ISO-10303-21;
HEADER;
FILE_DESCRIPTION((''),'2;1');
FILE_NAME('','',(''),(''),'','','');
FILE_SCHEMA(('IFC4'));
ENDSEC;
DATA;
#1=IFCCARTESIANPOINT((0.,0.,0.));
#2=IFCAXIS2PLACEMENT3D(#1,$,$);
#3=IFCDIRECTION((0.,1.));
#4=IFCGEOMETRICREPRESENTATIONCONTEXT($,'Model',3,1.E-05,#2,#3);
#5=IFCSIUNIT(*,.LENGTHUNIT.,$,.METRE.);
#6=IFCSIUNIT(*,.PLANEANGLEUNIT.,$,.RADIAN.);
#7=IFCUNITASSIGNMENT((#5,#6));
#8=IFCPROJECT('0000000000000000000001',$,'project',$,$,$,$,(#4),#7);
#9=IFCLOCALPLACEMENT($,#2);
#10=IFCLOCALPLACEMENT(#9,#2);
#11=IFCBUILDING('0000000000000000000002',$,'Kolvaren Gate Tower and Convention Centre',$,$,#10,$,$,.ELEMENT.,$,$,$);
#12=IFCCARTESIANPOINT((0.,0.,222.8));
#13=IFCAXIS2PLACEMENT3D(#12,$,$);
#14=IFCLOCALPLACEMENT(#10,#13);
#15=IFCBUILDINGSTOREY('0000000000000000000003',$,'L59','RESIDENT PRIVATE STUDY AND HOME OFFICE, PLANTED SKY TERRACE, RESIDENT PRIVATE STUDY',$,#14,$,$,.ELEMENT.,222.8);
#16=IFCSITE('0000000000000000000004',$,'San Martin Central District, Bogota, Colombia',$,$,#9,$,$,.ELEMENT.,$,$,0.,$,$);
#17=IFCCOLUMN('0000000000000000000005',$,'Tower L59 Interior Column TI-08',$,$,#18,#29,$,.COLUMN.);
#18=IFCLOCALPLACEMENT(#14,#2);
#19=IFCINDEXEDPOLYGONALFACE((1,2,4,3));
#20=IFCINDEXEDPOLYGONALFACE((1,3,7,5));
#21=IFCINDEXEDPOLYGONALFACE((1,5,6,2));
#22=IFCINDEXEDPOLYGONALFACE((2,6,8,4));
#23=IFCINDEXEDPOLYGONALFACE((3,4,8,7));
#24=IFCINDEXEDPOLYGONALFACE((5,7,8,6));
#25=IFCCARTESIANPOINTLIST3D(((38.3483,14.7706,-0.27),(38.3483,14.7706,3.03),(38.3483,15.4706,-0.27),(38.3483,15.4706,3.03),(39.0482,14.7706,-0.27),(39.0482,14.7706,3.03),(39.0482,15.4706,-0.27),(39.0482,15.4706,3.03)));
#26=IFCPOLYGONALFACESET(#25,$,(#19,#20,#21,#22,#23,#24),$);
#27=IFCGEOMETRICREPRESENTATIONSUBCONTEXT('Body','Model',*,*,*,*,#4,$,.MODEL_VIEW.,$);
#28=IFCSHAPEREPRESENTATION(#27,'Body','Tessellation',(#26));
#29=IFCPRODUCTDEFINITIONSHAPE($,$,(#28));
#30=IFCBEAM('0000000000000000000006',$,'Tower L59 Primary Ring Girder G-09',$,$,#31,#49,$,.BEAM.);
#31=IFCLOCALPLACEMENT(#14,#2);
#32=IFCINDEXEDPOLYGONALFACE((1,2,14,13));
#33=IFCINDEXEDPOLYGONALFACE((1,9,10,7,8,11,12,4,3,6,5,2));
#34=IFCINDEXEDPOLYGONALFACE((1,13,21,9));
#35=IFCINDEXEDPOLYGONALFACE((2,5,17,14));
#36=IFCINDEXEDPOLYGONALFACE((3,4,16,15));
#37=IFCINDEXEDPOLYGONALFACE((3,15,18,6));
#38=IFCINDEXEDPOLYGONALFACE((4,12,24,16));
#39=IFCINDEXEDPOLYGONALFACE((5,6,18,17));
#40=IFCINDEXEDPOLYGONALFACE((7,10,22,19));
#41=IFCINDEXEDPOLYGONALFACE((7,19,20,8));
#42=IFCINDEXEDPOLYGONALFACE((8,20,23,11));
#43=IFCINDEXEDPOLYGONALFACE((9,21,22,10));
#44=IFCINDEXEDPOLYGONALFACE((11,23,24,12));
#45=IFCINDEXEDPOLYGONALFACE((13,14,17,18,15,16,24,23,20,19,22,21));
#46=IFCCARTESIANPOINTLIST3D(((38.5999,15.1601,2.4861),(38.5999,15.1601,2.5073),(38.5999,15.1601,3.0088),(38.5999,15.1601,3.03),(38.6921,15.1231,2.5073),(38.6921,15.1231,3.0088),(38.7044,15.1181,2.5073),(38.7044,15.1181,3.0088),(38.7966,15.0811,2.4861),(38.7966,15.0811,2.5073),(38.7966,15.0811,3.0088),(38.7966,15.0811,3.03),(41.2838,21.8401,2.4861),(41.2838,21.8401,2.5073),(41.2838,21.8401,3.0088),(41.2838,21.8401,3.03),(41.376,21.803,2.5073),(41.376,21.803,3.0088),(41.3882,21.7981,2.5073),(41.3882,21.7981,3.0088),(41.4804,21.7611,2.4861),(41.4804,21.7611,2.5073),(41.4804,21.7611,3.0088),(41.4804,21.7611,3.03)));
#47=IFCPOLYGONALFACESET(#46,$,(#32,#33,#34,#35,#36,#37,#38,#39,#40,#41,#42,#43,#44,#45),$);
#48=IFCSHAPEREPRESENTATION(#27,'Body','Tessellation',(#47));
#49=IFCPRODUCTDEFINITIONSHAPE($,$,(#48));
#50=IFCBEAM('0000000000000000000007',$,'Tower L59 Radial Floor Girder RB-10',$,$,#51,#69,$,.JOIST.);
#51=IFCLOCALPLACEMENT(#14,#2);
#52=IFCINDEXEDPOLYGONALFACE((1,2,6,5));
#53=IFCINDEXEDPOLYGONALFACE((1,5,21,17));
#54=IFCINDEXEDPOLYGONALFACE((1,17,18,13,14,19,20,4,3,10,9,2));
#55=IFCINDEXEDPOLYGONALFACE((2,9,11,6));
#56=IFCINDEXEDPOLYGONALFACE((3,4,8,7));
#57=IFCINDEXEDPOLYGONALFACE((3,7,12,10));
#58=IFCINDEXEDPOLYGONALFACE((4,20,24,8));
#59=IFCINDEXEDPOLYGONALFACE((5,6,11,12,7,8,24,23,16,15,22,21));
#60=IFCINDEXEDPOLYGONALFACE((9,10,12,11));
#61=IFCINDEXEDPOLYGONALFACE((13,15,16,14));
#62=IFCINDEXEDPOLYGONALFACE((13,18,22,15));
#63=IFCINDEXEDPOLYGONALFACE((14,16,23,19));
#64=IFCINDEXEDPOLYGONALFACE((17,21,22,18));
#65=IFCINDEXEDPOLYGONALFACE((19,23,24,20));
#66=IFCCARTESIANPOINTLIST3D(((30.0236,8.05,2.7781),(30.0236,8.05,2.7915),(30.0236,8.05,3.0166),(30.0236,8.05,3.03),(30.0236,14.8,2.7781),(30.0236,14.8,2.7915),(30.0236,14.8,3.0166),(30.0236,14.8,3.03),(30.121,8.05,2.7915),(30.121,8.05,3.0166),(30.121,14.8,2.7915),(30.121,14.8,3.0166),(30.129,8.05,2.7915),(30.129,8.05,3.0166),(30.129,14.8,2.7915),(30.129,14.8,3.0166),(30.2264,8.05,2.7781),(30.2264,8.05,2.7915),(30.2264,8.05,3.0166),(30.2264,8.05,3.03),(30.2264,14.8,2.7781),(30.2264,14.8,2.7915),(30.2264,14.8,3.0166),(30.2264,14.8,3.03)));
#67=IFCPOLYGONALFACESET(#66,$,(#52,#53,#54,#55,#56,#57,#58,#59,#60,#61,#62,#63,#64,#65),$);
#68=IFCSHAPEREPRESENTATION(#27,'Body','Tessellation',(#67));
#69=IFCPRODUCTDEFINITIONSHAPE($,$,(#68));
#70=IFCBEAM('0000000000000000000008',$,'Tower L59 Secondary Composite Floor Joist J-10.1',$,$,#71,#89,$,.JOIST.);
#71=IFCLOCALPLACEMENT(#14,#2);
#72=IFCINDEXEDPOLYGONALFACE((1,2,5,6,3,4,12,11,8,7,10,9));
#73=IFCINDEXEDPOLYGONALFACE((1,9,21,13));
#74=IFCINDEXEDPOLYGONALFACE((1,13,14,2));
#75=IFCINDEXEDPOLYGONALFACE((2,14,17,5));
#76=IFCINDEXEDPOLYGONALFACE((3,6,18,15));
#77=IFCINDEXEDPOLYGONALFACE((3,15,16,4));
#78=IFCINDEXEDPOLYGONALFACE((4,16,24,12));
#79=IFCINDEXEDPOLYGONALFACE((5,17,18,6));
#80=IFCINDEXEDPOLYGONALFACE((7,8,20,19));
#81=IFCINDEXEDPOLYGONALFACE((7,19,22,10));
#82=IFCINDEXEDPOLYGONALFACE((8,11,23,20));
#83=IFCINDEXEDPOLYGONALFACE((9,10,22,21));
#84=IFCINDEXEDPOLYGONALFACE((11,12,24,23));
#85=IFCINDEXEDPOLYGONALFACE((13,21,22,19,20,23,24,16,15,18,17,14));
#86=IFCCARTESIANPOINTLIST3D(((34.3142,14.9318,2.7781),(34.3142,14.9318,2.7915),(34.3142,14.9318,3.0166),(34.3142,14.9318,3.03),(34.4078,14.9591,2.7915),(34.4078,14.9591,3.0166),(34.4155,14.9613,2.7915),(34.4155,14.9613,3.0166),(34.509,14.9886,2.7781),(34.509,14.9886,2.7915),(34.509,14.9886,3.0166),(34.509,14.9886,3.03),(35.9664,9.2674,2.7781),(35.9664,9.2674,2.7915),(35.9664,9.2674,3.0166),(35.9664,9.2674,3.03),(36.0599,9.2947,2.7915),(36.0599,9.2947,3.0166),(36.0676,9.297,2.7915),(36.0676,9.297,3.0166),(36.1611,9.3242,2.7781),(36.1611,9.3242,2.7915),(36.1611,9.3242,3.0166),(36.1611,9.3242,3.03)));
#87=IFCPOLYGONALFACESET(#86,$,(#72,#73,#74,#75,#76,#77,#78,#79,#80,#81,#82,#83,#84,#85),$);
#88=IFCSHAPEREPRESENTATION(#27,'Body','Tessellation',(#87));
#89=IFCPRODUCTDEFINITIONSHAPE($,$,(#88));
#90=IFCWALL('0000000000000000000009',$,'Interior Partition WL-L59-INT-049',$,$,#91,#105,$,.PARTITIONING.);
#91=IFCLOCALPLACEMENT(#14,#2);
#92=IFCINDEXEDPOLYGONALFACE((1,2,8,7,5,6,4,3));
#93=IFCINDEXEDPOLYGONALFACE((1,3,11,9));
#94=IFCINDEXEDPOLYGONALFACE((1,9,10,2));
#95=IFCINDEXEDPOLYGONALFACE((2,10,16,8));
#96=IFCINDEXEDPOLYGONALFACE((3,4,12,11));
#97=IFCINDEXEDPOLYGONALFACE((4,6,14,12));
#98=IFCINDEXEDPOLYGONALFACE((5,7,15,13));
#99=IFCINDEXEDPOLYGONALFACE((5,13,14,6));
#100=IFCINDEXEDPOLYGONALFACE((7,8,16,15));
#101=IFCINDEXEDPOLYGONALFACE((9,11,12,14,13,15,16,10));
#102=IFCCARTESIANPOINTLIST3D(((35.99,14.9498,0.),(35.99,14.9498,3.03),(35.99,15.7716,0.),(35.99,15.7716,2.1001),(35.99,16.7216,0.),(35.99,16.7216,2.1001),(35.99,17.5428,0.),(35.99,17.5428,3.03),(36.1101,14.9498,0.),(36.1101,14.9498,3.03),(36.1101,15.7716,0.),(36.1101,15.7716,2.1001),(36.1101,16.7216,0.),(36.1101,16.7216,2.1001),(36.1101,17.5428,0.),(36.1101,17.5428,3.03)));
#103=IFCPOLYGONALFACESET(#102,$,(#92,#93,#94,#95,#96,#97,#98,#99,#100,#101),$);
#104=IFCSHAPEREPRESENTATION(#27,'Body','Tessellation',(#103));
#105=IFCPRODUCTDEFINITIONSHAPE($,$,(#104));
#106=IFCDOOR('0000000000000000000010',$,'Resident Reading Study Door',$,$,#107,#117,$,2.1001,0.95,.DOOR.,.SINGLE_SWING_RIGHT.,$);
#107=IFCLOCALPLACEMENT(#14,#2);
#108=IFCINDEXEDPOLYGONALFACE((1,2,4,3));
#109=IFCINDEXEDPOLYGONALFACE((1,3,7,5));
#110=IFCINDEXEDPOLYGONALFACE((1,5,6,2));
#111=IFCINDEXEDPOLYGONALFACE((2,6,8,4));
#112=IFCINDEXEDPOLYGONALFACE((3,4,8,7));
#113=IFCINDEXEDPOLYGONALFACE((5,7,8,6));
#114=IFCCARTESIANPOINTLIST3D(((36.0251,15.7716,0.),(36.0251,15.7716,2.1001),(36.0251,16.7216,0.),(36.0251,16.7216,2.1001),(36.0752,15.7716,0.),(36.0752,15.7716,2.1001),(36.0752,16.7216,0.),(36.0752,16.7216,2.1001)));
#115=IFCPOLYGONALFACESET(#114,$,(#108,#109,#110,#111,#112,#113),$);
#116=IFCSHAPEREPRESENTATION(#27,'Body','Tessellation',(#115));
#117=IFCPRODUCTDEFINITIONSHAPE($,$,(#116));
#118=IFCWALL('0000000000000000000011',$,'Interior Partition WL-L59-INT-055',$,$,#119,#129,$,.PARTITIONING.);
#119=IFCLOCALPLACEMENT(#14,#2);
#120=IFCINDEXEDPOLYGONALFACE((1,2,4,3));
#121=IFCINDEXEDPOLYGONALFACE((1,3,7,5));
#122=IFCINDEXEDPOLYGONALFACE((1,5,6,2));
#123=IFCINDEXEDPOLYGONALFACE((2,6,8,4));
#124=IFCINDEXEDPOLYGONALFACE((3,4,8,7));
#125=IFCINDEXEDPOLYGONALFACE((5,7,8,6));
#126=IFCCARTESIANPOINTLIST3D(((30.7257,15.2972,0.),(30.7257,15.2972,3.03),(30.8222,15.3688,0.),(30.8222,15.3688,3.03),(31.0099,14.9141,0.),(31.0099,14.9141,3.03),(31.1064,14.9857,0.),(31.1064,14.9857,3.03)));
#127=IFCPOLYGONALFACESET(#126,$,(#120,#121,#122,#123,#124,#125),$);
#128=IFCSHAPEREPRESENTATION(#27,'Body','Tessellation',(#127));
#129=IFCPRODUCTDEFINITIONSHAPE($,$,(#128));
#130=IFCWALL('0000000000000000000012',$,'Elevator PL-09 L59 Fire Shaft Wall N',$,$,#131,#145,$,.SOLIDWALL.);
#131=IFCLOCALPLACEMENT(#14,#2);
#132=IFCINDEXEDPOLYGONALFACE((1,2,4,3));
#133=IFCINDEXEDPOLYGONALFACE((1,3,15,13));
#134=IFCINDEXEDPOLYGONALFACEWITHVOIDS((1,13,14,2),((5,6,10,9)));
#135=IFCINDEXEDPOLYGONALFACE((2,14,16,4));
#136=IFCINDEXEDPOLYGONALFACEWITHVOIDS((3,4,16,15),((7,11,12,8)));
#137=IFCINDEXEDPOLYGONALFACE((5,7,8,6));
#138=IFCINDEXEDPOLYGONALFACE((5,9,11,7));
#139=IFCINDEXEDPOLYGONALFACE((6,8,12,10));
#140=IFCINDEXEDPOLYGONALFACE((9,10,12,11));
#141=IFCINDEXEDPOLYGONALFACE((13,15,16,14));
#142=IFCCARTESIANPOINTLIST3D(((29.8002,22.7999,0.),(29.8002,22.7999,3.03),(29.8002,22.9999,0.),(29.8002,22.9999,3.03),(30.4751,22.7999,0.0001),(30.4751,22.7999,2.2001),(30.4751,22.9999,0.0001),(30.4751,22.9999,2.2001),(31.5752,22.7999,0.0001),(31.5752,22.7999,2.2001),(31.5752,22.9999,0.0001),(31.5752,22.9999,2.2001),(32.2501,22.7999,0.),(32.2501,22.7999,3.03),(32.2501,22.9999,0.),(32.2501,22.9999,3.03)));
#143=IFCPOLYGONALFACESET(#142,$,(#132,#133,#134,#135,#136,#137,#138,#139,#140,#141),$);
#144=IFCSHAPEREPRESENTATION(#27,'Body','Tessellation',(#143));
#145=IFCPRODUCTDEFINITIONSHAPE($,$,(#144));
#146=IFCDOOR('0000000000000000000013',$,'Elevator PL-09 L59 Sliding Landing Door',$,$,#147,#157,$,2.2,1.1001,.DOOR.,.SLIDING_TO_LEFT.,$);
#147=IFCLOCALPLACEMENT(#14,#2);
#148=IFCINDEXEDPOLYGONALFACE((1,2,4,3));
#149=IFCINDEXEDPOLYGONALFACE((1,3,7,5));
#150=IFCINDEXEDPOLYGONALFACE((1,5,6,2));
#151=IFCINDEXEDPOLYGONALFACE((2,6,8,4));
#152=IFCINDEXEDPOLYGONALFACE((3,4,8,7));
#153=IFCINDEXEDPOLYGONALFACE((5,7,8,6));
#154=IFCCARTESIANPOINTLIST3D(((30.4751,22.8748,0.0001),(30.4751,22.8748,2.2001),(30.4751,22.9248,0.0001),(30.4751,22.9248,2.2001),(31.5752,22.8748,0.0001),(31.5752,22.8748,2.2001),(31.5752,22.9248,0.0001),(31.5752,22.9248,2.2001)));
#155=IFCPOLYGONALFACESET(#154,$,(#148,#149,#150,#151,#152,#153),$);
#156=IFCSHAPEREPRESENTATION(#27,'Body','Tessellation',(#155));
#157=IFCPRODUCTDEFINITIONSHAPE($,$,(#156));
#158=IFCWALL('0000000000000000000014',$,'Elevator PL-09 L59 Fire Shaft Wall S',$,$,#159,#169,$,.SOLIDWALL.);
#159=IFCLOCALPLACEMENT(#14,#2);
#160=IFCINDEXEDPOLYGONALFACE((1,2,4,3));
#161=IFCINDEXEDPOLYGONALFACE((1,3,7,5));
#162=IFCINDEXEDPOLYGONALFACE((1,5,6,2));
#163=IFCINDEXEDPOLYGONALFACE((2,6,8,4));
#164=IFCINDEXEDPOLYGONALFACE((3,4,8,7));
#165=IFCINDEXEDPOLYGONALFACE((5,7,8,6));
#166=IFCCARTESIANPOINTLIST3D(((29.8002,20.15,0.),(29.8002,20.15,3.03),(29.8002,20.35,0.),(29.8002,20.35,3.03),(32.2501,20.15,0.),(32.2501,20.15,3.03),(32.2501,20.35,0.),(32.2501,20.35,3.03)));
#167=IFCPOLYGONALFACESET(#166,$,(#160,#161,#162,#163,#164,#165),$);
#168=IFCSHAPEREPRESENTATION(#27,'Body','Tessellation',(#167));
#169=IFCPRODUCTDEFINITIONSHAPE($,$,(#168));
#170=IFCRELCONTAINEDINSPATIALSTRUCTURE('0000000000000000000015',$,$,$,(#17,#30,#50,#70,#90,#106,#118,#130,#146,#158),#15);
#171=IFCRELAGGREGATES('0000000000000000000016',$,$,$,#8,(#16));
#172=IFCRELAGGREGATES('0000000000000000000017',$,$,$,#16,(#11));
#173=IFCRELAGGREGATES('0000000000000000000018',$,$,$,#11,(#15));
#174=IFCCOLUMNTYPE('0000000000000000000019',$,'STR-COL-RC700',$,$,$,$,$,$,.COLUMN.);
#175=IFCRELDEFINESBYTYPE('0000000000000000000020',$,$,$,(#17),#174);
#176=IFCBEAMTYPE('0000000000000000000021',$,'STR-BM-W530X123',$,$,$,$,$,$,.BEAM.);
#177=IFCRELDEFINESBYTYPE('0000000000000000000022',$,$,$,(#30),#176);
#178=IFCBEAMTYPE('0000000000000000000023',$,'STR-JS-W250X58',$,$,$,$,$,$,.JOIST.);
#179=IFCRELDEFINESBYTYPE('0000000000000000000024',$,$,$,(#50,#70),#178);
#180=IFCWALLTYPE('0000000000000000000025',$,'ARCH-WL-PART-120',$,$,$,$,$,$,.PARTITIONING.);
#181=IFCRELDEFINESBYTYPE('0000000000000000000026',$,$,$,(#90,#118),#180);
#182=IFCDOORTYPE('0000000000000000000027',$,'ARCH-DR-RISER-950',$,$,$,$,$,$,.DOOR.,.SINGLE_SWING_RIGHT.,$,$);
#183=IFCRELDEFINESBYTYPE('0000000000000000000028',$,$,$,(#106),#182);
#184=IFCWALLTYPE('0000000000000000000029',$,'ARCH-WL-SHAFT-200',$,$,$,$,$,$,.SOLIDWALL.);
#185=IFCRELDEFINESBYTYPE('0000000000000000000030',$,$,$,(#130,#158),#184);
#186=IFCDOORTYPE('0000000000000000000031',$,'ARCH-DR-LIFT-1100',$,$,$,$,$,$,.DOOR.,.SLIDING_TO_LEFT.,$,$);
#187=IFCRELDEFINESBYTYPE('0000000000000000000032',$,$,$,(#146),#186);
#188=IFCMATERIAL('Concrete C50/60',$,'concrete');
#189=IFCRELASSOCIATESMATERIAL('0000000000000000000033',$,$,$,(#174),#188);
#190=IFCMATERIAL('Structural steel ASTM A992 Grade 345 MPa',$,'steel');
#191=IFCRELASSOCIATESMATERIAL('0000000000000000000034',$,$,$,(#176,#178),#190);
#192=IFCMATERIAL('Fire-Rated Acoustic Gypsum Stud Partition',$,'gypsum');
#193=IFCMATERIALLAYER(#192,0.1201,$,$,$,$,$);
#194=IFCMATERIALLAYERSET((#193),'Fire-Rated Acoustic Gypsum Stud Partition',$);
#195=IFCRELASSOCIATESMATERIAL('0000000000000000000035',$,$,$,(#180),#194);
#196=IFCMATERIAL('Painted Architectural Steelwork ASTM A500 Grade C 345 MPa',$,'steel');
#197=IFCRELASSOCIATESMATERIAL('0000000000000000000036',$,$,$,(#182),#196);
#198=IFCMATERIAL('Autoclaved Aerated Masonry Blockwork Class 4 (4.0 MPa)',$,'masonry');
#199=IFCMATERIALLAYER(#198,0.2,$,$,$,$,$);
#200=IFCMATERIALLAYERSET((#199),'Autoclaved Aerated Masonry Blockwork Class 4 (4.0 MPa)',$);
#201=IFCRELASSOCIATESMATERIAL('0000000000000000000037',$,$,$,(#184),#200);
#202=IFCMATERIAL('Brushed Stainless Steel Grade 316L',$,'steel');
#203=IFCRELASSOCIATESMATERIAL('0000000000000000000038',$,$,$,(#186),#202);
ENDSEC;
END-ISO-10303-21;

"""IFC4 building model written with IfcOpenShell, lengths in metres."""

from ifc_helpers import new_model, si_unit, direction, frame, frame_2d, origin, origin_2d, place, context, subcontext, project, spatial, rectangle, i_section, extrude, material, layer, layer_set, material_profile, profile_set, type_object, element, fill, save


model = new_model("IFC4")

# Units and contexts
model_context = context("Model", 3, precision=1e-05, world=origin(), true_north=direction((0.0, 1.0)))
body_context = subcontext(model_context, "Body", "Model", "MODEL_VIEW")
ifc_project = project(units=[si_unit("LENGTHUNIT", "METRE"), si_unit("PLANEANGLEUNIT", "RADIAN")], contexts=[model_context])

# Site, building, storey
site_placement = place(None, origin())
site = spatial("IfcSite", under=ifc_project, at=site_placement, Name="San Martin Central District, Bogota, Colombia", CompositionType="ELEMENT", RefElevation=0.0)
building_placement = place(site_placement, origin())
building = spatial("IfcBuilding", under=site, at=building_placement, Name="Kolvaren Gate Tower and Convention Centre", CompositionType="ELEMENT")
storey_placement = place(building_placement, frame((0.0, 0.0, 222.8)))
storey = spatial("IfcBuildingStorey", under=building, at=storey_placement, Name="L59", Description="RESIDENT PRIVATE STUDY AND HOME OFFICE, PLANTED SKY TERRACE, RESIDENT PRIVATE STUDY", CompositionType="ELEMENT", Elevation=222.8)

# Column
ifc_material_1 = material(Name="Concrete C50/60", Category="concrete")
ifc_material_profile_1 = material_profile(ifc_material_1, rectangle(XDim=0.7, YDim=0.7, at=origin_2d()), Name="RC-COL-700X700")
ifc_profile_set_1 = profile_set([ifc_material_profile_1], Name="Concrete C50/60")
column_type = type_object("IfcColumnType", Name="STR-COL-RC700", PredefinedType="COLUMN", material=ifc_profile_set_1)
column_placement = place(storey_placement, frame((38.6982, 15.1206, -0.27), z_axis=(0.0, 0.0, 1.0), x_axis=(1.0, 0.0, 0.0)))
element("IfcColumn", 1, at=column_placement, inside=storey, type_object=column_type, Name="Tower L59 Interior Column TI-08", PredefinedType="COLUMN", context=body_context, shape_type="SweptSolid", body=[
    extrude(rectangle(XDim=0.7, YDim=0.7, at=origin_2d()), origin(), (0.0, 0.0, 1.0), 3.3),
])

# Beams
ifc_material_2 = material(Name="Structural steel ASTM A992 Grade 345 MPa", Category="steel")
ifc_material_profile_2 = material_profile(ifc_material_2, i_section(OverallWidth=0.2119, OverallDepth=0.5439, WebThickness=0.0132, FlangeThickness=0.0212, at=origin_2d()), Name="W530X123")
ifc_profile_set_2 = profile_set([ifc_material_profile_2], Name="Structural steel ASTM A992 Grade 345 MPa")
beam_type_1 = type_object("IfcBeamType", Name="STR-BM-W530X123", PredefinedType="BEAM", material=ifc_profile_set_2)
beam_1_placement = place(storey_placement, frame((38.6982, 15.1206, 2.7581), z_axis=(0.372811, 0.927907, 0.0), x_axis=(-0.927907, 0.372811, 0.0)))
element("IfcBeam", 2, at=beam_1_placement, inside=storey, type_object=beam_type_1, Name="Tower L59 Primary Ring Girder G-09", PredefinedType="BEAM", context=body_context, shape_type="SweptSolid", body=[
    extrude(i_section(OverallWidth=0.2119, OverallDepth=0.5439, WebThickness=0.0132, FlangeThickness=0.0212, at=origin_2d()), origin(), (0.0, 0.0, 1.0), 7.199),
])
ifc_material_profile_3 = material_profile(ifc_material_2, i_section(OverallWidth=0.2029, OverallDepth=0.252, WebThickness=0.0081, FlangeThickness=0.0134, at=origin_2d()), Name="W250X58")
ifc_profile_set_3 = profile_set([ifc_material_profile_3], Name="Structural steel ASTM A992 Grade 345 MPa")
beam_type_2 = type_object("IfcBeamType", Name="STR-JS-W250X58", PredefinedType="JOIST", material=ifc_profile_set_3)
beam_2_placement = place(storey_placement, frame((30.125, 14.8, 2.9041), z_axis=(0.0, -1.0, 0.0), x_axis=(1.0, 0.0, 0.0)))
element("IfcBeam", 3, at=beam_2_placement, inside=storey, type_object=beam_type_2, Name="Tower L59 Radial Floor Girder RB-10", PredefinedType="JOIST", context=body_context, shape_type="SweptSolid", body=[
    extrude(i_section(OverallWidth=0.2029, OverallDepth=0.252, WebThickness=0.0081, FlangeThickness=0.0134, at=origin_2d()), origin(), (0.0, 0.0, 1.0), 6.75),
])
beam_3_placement = place(storey_placement, frame((34.4116, 14.9602, 2.9041), z_axis=(0.280002, -0.96, 0.0), x_axis=(0.96, 0.280002, 0.0)))
element("IfcBeam", 4, at=beam_3_placement, inside=storey, type_object=beam_type_2, Name="Tower L59 Secondary Composite Floor Joist J-10.1", PredefinedType="JOIST", context=body_context, shape_type="SweptSolid", body=[
    extrude(i_section(OverallWidth=0.2029, OverallDepth=0.252, WebThickness=0.0081, FlangeThickness=0.0134, at=origin_2d()), origin(), (0.0, 0.0, 1.0), 5.9004),
])

# Wall, opening, door
ifc_material_3 = material(Name="Fire-Rated Acoustic Gypsum Stud Partition", Category="gypsum")
ifc_layer_1 = layer(ifc_material_3, 0.1201)
ifc_layer_set_1 = layer_set([ifc_layer_1], Name="Fire-Rated Acoustic Gypsum Stud Partition")
wall_type_1 = type_object("IfcWallType", Name="ARCH-WL-PART-120", PredefinedType="PARTITIONING", material=ifc_layer_set_1)
wall_1_placement = place(storey_placement, frame((36.05, 14.95, 0.0), z_axis=(0.0, 0.0, 1.0), x_axis=(0.0, 1.0, 0.0)))
wall_1 = element("IfcWall", 5, at=wall_1_placement, inside=storey, type_object=wall_type_1, Name="Interior Partition WL-L59-INT-049", PredefinedType="PARTITIONING", context=body_context, shape_type="SweptSolid", body=[
    extrude(rectangle(XDim=2.593, YDim=0.1201, at=frame_2d((1.2964, 0.0))), origin(), (0.0, 0.0, 1.0), 3.03),
])
opening_1_placement = place(wall_1_placement, frame((0.8215, 0.0, 0.0)))
opening_1 = element("IfcOpeningElement", 6, at=opening_1_placement, cuts=wall_1, PredefinedType="OPENING", context=body_context, shape_type="SweptSolid", body=[
    extrude(rectangle(XDim=0.95, YDim=2.1001, at=frame_2d((0.4751, 1.05))), frame((0.0, 0.0701, 0.0), z_axis=(0.0, -1.0, 0.0), x_axis=(1.0, 0.0, 0.0)), (0.0, 0.0, 1.0), 0.1401),
])
ifc_material_4 = material(Name="Painted Architectural Steelwork ASTM A500 Grade C 345 MPa", Category="steel")
door_type_1 = type_object("IfcDoorType", Name="ARCH-DR-RISER-950", OperationType="SINGLE_SWING_RIGHT", PredefinedType="DOOR", material=ifc_material_4)
door_1_placement = place(opening_1_placement, origin())
door_1 = element("IfcDoor", 7, at=door_1_placement, inside=storey, type_object=door_type_1, Name="Resident Reading Study Door", OperationType="SINGLE_SWING_RIGHT", OverallHeight=2.1001, OverallWidth=0.95, PredefinedType="DOOR", context=body_context, shape_type="SweptSolid", body=[
    extrude(rectangle(XDim=0.95, YDim=2.1001, at=frame_2d((0.4751, 1.05))), frame((0.0, 0.0249, 0.0), z_axis=(0.0, -1.0, 0.0), x_axis=(1.0, 0.0, 0.0)), (0.0, 0.0, 1.0), 0.05),
])
fill(opening_1, door_1)

# Wall
wall_2_placement = place(storey_placement, frame((30.7739, 15.333, 0.0), z_axis=(0.0, 0.0, 1.0), x_axis=(0.595815, -0.803122, 0.0)))
element("IfcWall", 8, at=wall_2_placement, inside=storey, type_object=wall_type_1, Name="Interior Partition WL-L59-INT-055", PredefinedType="PARTITIONING", context=body_context, shape_type="SweptSolid", body=[
    extrude(rectangle(XDim=0.4771, YDim=0.1201, at=frame_2d((0.2385, 0.0))), origin(), (0.0, 0.0, 1.0), 3.03),
])

# Wall, opening, door
ifc_material_5 = material(Name="Autoclaved Aerated Masonry Blockwork Class 4 (4.0 MPa)", Category="masonry")
ifc_layer_2 = layer(ifc_material_5, 0.2)
ifc_layer_set_2 = layer_set([ifc_layer_2], Name="Autoclaved Aerated Masonry Blockwork Class 4 (4.0 MPa)")
wall_type_2 = type_object("IfcWallType", Name="ARCH-WL-SHAFT-200", PredefinedType="SOLIDWALL", material=ifc_layer_set_2)
wall_3_placement = place(storey_placement, frame((29.8, 22.8999, 0.0), z_axis=(0.0, 0.0, 1.0), x_axis=(1.0, 0.0, 0.0)))
wall_3 = element("IfcWall", 9, at=wall_3_placement, inside=storey, type_object=wall_type_2, Name="Elevator PL-09 L59 Fire Shaft Wall N", PredefinedType="SOLIDWALL", context=body_context, shape_type="SweptSolid", body=[
    extrude(rectangle(XDim=2.45, YDim=0.2, at=frame_2d((1.2251, 0.0))), origin(), (0.0, 0.0, 1.0), 3.03),
])
opening_2_placement = place(wall_3_placement, frame((0.675, 0.0, 0.0)))
opening_2 = element("IfcOpeningElement", 10, at=opening_2_placement, cuts=wall_3, PredefinedType="OPENING", context=body_context, shape_type="SweptSolid", body=[
    extrude(rectangle(XDim=1.1001, YDim=2.2, at=frame_2d((0.55, 1.1001))), frame((0.0, 0.1099, 0.0), z_axis=(0.0, -1.0, 0.0), x_axis=(1.0, 0.0, 0.0)), (0.0, 0.0, 1.0), 0.22),
])
ifc_material_6 = material(Name="Brushed Stainless Steel Grade 316L", Category="steel")
door_type_2 = type_object("IfcDoorType", Name="ARCH-DR-LIFT-1100", OperationType="SLIDING_TO_LEFT", PredefinedType="DOOR", material=ifc_material_6)
door_2_placement = place(opening_2_placement, origin())
door_2 = element("IfcDoor", 11, at=door_2_placement, inside=storey, type_object=door_type_2, Name="Elevator PL-09 L59 Sliding Landing Door", OperationType="SLIDING_TO_LEFT", OverallHeight=2.2, OverallWidth=1.1001, PredefinedType="DOOR", context=body_context, shape_type="SweptSolid", body=[
    extrude(rectangle(XDim=1.1001, YDim=2.2, at=frame_2d((0.55, 1.1001))), frame((0.0, 0.0249, 0.0), z_axis=(0.0, -1.0, 0.0), x_axis=(1.0, 0.0, 0.0)), (0.0, 0.0, 1.0), 0.05),
])
fill(opening_2, door_2)

# Wall
wall_4_placement = place(storey_placement, frame((29.8, 20.25, 0.0), z_axis=(0.0, 0.0, 1.0), x_axis=(1.0, 0.0, 0.0)))
element("IfcWall", 12, at=wall_4_placement, inside=storey, type_object=wall_type_2, Name="Elevator PL-09 L59 Fire Shaft Wall S", PredefinedType="SOLIDWALL", context=body_context, shape_type="SweptSolid", body=[
    extrude(rectangle(XDim=2.45, YDim=0.2, at=frame_2d((1.2251, 0.0))), origin(), (0.0, 0.0, 1.0), 3.03),
])

save(model, "model.ifc")
